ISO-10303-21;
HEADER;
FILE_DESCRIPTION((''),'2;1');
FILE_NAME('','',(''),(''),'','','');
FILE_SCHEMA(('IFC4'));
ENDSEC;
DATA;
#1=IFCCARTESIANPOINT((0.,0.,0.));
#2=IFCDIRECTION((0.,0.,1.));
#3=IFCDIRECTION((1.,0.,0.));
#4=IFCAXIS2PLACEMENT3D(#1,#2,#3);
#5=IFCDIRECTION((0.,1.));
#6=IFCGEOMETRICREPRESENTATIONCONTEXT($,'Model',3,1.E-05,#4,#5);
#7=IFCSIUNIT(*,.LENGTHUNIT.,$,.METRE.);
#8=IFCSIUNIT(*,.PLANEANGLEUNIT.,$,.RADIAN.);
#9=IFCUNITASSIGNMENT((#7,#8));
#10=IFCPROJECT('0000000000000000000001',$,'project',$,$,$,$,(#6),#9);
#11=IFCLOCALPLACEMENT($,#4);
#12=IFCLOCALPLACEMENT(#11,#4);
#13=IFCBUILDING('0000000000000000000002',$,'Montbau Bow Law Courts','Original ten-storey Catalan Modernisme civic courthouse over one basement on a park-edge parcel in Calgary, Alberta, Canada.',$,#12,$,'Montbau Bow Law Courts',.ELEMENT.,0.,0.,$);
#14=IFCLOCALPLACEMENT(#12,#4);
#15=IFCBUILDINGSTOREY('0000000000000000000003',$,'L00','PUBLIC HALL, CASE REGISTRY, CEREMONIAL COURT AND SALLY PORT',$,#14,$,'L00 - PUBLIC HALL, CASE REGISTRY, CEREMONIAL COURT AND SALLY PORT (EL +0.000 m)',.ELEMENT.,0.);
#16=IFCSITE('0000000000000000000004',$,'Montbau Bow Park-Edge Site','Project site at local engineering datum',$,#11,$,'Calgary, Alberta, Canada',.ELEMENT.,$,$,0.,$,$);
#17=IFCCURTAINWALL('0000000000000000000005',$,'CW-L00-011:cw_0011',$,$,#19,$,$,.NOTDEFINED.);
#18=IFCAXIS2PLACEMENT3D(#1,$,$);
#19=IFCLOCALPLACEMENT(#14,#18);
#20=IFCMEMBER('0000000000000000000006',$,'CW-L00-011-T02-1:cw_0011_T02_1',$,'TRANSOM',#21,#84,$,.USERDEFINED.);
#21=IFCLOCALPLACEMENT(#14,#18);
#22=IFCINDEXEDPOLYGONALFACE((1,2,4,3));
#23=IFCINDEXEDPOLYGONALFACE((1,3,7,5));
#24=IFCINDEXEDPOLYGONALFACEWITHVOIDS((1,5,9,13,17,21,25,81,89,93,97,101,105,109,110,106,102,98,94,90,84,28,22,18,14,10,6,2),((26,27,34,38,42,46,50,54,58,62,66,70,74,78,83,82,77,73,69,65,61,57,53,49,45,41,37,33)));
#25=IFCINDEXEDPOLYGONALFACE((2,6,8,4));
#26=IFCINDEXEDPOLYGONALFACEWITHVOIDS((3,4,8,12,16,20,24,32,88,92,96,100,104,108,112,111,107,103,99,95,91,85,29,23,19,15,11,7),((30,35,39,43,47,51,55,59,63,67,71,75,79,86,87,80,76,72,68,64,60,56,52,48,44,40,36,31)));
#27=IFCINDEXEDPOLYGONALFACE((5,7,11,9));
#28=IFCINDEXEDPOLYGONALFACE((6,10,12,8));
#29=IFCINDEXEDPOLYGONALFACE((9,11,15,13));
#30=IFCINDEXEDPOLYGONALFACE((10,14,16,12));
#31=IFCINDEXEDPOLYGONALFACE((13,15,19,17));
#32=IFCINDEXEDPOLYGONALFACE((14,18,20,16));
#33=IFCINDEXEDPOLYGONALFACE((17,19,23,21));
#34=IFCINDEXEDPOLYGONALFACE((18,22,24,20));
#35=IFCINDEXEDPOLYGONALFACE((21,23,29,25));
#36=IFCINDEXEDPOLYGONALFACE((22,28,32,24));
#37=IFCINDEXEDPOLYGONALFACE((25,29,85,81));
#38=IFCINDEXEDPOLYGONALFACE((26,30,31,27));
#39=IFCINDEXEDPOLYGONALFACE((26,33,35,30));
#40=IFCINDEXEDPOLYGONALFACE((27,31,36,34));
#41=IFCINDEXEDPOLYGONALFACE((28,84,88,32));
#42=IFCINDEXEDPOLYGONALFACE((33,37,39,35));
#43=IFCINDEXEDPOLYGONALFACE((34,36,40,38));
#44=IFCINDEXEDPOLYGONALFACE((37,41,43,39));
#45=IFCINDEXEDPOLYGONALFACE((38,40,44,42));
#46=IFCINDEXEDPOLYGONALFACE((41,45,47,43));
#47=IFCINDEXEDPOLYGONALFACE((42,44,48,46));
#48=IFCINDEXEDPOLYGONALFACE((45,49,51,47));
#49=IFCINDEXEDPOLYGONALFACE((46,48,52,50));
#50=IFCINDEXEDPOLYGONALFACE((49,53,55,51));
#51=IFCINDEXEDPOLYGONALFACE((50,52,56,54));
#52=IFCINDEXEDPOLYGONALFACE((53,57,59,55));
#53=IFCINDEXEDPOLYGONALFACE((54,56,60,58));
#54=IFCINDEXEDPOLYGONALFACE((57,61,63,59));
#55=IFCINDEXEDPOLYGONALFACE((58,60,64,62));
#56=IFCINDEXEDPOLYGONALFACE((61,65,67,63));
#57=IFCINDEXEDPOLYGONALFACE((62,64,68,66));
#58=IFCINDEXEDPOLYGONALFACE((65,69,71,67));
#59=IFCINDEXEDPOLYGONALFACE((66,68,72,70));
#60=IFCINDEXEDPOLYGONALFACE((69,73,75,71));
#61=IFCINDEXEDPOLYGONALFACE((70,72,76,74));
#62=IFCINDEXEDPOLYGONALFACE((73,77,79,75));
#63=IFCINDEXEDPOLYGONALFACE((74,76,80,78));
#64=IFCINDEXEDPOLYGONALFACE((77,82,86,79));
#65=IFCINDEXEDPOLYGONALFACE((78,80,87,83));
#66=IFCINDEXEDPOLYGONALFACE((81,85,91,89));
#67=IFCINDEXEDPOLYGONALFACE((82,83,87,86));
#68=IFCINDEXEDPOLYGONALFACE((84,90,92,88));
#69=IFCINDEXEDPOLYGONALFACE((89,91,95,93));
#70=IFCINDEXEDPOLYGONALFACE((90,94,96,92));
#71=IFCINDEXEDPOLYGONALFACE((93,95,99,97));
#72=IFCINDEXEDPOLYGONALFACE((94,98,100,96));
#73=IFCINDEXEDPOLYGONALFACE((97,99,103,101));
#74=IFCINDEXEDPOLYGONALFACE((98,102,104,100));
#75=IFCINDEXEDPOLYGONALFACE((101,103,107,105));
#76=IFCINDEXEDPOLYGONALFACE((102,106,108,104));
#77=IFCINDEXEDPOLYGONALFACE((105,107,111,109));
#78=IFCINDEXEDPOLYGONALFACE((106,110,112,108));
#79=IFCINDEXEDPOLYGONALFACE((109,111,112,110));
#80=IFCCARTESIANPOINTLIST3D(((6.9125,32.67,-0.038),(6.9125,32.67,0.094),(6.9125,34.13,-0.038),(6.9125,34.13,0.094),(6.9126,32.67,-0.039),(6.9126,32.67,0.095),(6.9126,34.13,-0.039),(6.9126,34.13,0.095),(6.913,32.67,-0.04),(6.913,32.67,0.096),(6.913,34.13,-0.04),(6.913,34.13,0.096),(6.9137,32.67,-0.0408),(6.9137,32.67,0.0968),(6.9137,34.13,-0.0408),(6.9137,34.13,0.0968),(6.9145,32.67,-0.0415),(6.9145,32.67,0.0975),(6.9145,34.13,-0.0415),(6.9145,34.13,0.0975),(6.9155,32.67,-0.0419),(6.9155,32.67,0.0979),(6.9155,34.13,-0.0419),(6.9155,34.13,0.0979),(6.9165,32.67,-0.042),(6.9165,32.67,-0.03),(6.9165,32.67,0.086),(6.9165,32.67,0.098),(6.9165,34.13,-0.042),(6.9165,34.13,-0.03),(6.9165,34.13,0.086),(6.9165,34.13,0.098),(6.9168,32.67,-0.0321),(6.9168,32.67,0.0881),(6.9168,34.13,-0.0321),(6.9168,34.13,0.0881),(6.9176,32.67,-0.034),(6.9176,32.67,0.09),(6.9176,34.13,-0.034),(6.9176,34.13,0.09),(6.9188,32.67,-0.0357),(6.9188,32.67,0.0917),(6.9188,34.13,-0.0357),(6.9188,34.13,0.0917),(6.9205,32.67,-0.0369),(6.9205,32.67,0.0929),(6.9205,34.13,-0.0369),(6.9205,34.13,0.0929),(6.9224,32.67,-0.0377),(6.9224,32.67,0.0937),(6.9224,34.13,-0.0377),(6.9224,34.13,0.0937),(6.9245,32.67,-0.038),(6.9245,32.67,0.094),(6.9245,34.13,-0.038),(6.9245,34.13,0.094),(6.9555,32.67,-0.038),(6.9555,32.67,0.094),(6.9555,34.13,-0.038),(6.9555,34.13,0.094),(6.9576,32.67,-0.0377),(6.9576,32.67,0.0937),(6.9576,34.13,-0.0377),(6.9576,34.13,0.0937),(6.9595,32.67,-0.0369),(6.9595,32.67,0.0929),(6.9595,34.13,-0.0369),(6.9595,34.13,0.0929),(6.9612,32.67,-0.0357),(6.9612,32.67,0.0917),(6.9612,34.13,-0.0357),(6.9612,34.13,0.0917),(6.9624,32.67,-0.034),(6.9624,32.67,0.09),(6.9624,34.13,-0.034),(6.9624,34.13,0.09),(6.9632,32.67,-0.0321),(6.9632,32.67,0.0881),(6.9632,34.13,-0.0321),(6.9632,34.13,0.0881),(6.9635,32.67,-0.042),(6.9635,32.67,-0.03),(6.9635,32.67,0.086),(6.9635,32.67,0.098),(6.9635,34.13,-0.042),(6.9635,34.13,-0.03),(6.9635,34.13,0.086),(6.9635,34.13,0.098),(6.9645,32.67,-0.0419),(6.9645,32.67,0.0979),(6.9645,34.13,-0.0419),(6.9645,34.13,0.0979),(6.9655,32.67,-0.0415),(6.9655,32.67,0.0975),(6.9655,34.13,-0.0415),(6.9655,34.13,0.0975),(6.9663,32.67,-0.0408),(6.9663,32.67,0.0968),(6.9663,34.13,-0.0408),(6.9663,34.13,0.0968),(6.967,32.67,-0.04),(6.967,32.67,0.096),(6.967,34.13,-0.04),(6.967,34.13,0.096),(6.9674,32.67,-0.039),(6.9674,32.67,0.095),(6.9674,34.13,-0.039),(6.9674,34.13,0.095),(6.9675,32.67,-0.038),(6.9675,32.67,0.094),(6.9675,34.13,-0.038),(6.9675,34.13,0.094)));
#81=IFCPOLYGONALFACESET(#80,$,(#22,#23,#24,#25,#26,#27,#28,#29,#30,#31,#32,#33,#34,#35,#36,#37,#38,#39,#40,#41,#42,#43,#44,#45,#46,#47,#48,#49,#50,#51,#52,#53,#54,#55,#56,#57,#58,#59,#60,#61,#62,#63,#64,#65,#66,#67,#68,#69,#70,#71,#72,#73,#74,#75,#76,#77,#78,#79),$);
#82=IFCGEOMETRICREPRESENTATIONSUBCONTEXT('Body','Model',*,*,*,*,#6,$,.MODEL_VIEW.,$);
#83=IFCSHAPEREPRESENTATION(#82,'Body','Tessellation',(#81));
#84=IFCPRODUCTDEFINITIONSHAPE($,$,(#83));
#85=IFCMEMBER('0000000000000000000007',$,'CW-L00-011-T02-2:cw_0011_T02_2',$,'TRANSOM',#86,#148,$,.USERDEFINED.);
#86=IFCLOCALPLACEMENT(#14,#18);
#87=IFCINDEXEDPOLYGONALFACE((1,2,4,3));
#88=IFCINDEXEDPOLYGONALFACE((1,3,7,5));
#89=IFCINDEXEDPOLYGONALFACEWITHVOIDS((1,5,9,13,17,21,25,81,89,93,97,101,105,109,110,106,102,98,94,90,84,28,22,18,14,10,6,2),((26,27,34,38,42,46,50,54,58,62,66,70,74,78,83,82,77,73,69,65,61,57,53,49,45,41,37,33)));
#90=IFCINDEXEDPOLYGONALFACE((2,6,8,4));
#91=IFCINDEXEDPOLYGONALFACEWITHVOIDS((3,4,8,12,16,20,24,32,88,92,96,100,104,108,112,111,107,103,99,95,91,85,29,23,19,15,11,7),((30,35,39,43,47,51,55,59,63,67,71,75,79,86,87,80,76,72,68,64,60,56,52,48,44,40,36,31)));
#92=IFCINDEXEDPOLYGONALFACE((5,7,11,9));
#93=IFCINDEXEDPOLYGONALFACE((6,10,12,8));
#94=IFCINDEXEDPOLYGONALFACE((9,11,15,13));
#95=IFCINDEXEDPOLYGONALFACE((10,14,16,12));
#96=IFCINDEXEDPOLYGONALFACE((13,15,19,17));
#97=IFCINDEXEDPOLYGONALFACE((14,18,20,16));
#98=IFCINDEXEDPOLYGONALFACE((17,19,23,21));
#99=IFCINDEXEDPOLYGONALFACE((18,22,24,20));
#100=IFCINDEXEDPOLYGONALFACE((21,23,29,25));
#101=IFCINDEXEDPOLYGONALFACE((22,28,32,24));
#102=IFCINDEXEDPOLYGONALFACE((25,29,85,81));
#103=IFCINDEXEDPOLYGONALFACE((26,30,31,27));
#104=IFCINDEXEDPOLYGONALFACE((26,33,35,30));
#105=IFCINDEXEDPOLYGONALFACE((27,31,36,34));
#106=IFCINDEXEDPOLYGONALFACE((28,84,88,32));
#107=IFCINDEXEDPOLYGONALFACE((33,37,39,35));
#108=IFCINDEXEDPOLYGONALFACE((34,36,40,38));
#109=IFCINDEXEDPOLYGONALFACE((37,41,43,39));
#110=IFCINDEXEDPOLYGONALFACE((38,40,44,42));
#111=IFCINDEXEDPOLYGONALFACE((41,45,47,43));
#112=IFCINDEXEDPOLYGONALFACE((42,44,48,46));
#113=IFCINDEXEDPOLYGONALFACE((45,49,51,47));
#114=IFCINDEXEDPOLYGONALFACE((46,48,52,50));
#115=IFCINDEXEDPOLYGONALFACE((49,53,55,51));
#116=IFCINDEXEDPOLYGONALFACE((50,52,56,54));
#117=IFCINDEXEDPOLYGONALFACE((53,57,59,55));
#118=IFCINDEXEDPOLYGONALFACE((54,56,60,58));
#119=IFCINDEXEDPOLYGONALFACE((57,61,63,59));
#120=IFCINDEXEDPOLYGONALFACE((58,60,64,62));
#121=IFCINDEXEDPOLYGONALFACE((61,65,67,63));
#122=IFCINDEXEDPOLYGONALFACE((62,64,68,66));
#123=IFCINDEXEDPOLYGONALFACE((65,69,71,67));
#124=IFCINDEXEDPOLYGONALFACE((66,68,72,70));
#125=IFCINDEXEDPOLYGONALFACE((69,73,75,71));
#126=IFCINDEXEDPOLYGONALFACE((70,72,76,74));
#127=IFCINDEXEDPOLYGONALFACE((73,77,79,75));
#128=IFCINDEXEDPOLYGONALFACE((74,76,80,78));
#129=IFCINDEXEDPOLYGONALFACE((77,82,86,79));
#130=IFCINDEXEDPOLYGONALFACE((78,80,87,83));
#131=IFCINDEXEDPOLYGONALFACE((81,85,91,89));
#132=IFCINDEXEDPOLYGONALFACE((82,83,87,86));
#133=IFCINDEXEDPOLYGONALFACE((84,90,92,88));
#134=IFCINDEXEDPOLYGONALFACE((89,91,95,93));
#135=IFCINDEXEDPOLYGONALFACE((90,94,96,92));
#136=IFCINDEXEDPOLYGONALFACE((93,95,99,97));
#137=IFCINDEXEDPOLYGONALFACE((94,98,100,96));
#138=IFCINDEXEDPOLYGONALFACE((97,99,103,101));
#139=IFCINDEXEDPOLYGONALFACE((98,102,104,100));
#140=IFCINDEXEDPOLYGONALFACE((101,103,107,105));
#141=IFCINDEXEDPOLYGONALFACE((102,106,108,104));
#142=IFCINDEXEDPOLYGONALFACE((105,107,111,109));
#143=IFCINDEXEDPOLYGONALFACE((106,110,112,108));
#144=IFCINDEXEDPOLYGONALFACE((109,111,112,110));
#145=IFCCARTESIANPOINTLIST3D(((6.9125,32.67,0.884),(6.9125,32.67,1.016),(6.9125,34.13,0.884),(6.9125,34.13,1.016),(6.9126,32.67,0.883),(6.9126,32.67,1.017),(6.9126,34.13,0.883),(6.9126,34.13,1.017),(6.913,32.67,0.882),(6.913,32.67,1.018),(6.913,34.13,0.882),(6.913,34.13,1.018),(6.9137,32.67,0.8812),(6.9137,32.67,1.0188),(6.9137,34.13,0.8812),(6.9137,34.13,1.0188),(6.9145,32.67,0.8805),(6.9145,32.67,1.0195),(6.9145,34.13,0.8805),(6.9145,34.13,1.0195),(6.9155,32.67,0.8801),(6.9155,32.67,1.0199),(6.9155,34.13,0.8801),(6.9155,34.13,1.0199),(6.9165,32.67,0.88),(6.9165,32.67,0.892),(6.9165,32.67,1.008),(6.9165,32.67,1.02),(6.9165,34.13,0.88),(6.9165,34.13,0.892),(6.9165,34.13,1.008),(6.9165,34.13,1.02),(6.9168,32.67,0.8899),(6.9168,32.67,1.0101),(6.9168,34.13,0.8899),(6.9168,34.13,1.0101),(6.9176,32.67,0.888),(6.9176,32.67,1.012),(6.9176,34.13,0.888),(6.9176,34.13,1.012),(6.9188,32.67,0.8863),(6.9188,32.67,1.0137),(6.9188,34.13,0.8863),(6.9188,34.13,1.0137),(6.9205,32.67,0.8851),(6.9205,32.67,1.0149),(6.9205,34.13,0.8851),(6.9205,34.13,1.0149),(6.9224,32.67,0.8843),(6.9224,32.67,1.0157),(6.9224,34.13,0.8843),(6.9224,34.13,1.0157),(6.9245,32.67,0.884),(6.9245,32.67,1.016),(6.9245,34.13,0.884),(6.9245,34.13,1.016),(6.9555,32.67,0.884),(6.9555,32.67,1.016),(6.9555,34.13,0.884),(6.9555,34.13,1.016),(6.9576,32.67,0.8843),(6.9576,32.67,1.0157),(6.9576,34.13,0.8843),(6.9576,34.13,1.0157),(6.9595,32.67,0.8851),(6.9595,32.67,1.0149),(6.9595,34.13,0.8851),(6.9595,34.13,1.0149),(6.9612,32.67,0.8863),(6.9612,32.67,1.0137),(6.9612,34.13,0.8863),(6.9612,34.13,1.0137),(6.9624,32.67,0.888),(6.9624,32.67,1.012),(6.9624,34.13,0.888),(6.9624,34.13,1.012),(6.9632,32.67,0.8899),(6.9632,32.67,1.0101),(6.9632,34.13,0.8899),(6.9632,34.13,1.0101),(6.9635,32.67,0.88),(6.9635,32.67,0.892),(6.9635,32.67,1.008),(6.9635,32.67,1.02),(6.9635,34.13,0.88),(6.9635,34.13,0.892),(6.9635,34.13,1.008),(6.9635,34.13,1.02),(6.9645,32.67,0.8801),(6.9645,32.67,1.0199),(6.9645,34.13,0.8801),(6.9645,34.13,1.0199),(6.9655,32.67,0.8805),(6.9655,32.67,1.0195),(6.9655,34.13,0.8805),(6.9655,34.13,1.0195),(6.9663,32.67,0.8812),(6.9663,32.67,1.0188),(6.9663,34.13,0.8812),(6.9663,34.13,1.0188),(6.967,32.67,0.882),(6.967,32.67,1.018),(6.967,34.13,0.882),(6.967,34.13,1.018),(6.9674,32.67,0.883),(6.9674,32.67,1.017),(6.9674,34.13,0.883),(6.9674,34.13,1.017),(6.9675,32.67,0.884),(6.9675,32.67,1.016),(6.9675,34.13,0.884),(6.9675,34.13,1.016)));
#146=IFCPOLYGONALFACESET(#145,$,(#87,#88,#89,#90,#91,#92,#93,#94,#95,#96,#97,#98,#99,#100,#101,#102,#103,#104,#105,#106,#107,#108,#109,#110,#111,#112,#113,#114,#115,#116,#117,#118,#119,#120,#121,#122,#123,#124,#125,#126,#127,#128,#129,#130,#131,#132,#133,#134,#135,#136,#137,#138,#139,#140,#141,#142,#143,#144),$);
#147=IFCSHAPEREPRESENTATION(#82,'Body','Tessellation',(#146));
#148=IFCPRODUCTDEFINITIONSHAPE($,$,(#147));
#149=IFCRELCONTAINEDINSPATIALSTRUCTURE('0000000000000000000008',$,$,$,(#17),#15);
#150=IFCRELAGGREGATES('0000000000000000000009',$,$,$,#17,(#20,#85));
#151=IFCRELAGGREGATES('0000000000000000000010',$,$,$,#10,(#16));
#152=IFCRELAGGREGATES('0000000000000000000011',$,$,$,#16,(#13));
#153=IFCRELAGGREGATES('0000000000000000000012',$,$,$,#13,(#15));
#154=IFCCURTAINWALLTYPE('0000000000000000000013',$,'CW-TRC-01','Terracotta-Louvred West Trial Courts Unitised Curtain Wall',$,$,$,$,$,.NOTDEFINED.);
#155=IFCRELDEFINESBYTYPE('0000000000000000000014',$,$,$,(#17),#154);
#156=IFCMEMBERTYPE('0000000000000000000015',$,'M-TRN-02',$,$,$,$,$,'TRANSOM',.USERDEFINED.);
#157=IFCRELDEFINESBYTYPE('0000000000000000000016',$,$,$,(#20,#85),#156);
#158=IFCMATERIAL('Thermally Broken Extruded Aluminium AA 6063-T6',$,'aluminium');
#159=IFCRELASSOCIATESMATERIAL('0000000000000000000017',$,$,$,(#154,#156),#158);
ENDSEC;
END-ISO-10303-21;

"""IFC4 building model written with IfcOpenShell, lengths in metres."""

from ifc_helpers import new_model, si_unit, direction, frame, origin_with_axes, origin_2d_with_axis, place, context, subcontext, project, spatial, hollow_rectangle, extrude, material, material_profile, profile_set, type_object, element, aggregate, save


model = new_model("IFC4")

# Units and contexts
model_context = context("Model", 3, precision=1e-05, world=origin_with_axes(), true_north=direction((0.0, 1.0)))
body_context = subcontext(model_context, "Body", "Model", "MODEL_VIEW")
ifc_project = project(units=[si_unit("LENGTHUNIT", "METRE"), si_unit("PLANEANGLEUNIT", "RADIAN")], contexts=[model_context])

# Site, building, storey
site_placement = place(None, origin_with_axes())
site = spatial("IfcSite", under=ifc_project, at=site_placement, Name="Montbau Bow Park-Edge Site", Description="Project site at local engineering datum", LongName="Calgary, Alberta, Canada", CompositionType="ELEMENT", RefElevation=0.0)
building_placement = place(site_placement, origin_with_axes())
building = spatial("IfcBuilding", under=site, at=building_placement, Name="Montbau Bow Law Courts", Description="Original ten-storey Catalan Modernisme civic courthouse over one basement on a park-edge parcel in Calgary, Alberta, Canada.", LongName="Montbau Bow Law Courts", CompositionType="ELEMENT", ElevationOfRefHeight=0.0, ElevationOfTerrain=0.0)
storey_placement = place(building_placement, origin_with_axes())
storey = spatial("IfcBuildingStorey", under=building, at=storey_placement, Name="L00", Description="PUBLIC HALL, CASE REGISTRY, CEREMONIAL COURT AND SALLY PORT", LongName="L00 - PUBLIC HALL, CASE REGISTRY, CEREMONIAL COURT AND SALLY PORT (EL +0.000 m)", CompositionType="ELEMENT", Elevation=0.0)

# Curtain wall, members
ifc_material_1 = material(Name="Thermally Broken Extruded Aluminium AA 6063-T6", Category="aluminium")
curtain_wall_type = type_object("IfcCurtainWallType", Name="CW-TRC-01", Description="Terracotta-Louvred West Trial Courts Unitised Curtain Wall", PredefinedType="NOTDEFINED", material=ifc_material_1)
curtain_wall_placement = place(None, frame((6.94, 31.115, 0.0), z_axis=(0.0, 0.0, 1.0), x_axis=(1.0, 0.0, 0.0)))
curtain_wall = element("IfcCurtainWall", 1, at=curtain_wall_placement, inside=storey, type_object=curtain_wall_type, Name="CW-L00-011:cw_0011", PredefinedType="NOTDEFINED")
ifc_material_profile_1 = material_profile(ifc_material_1, hollow_rectangle(XDim=0.055, YDim=0.14, WallThickness=0.004, InnerFilletRadius=0.008, OuterFilletRadius=0.004, at=origin_2d_with_axis()), Name="CWT-140X55", Category="Main", Priority=0)
ifc_profile_set_1 = profile_set([ifc_material_profile_1], Name="Thermally Broken Extruded Aluminium AA 6063-T6")
member_type_1 = type_object("IfcMemberType", Name="M-TRN-02", ElementType="TRANSOM", PredefinedType="USERDEFINED", material=ifc_profile_set_1)
member_1_placement = place(None, frame((6.94, 32.67, 0.028), z_axis=(0.0, 1.0, 0.0), x_axis=(-1.0, 0.0, 0.0)))
member_1 = element("IfcMember", 2, at=member_1_placement, type_object=member_type_1, Name="CW-L00-011-T02-1:cw_0011_T02_1", ObjectType="TRANSOM", PredefinedType="USERDEFINED", context=body_context, shape_type="SweptSolid", body=[
    extrude(hollow_rectangle(XDim=0.055, YDim=0.14, WallThickness=0.004, InnerFilletRadius=0.008, OuterFilletRadius=0.004, at=origin_2d_with_axis()), origin_with_axes(), (0.0, 0.0, 1.0), 1.46),
])
member_2_placement = place(None, frame((6.94, 32.67, 0.95), z_axis=(0.0, 1.0, 0.0), x_axis=(-1.0, 0.0, 0.0)))
member_2 = element("IfcMember", 3, at=member_2_placement, type_object=member_type_1, Name="CW-L00-011-T02-2:cw_0011_T02_2", ObjectType="TRANSOM", PredefinedType="USERDEFINED", context=body_context, shape_type="SweptSolid", body=[
    extrude(hollow_rectangle(XDim=0.055, YDim=0.14, WallThickness=0.004, InnerFilletRadius=0.008, OuterFilletRadius=0.004, at=origin_2d_with_axis()), origin_with_axes(), (0.0, 0.0, 1.0), 1.46),
])
aggregate(curtain_wall, [member_1, member_2])

save(model, "model.ifc")
